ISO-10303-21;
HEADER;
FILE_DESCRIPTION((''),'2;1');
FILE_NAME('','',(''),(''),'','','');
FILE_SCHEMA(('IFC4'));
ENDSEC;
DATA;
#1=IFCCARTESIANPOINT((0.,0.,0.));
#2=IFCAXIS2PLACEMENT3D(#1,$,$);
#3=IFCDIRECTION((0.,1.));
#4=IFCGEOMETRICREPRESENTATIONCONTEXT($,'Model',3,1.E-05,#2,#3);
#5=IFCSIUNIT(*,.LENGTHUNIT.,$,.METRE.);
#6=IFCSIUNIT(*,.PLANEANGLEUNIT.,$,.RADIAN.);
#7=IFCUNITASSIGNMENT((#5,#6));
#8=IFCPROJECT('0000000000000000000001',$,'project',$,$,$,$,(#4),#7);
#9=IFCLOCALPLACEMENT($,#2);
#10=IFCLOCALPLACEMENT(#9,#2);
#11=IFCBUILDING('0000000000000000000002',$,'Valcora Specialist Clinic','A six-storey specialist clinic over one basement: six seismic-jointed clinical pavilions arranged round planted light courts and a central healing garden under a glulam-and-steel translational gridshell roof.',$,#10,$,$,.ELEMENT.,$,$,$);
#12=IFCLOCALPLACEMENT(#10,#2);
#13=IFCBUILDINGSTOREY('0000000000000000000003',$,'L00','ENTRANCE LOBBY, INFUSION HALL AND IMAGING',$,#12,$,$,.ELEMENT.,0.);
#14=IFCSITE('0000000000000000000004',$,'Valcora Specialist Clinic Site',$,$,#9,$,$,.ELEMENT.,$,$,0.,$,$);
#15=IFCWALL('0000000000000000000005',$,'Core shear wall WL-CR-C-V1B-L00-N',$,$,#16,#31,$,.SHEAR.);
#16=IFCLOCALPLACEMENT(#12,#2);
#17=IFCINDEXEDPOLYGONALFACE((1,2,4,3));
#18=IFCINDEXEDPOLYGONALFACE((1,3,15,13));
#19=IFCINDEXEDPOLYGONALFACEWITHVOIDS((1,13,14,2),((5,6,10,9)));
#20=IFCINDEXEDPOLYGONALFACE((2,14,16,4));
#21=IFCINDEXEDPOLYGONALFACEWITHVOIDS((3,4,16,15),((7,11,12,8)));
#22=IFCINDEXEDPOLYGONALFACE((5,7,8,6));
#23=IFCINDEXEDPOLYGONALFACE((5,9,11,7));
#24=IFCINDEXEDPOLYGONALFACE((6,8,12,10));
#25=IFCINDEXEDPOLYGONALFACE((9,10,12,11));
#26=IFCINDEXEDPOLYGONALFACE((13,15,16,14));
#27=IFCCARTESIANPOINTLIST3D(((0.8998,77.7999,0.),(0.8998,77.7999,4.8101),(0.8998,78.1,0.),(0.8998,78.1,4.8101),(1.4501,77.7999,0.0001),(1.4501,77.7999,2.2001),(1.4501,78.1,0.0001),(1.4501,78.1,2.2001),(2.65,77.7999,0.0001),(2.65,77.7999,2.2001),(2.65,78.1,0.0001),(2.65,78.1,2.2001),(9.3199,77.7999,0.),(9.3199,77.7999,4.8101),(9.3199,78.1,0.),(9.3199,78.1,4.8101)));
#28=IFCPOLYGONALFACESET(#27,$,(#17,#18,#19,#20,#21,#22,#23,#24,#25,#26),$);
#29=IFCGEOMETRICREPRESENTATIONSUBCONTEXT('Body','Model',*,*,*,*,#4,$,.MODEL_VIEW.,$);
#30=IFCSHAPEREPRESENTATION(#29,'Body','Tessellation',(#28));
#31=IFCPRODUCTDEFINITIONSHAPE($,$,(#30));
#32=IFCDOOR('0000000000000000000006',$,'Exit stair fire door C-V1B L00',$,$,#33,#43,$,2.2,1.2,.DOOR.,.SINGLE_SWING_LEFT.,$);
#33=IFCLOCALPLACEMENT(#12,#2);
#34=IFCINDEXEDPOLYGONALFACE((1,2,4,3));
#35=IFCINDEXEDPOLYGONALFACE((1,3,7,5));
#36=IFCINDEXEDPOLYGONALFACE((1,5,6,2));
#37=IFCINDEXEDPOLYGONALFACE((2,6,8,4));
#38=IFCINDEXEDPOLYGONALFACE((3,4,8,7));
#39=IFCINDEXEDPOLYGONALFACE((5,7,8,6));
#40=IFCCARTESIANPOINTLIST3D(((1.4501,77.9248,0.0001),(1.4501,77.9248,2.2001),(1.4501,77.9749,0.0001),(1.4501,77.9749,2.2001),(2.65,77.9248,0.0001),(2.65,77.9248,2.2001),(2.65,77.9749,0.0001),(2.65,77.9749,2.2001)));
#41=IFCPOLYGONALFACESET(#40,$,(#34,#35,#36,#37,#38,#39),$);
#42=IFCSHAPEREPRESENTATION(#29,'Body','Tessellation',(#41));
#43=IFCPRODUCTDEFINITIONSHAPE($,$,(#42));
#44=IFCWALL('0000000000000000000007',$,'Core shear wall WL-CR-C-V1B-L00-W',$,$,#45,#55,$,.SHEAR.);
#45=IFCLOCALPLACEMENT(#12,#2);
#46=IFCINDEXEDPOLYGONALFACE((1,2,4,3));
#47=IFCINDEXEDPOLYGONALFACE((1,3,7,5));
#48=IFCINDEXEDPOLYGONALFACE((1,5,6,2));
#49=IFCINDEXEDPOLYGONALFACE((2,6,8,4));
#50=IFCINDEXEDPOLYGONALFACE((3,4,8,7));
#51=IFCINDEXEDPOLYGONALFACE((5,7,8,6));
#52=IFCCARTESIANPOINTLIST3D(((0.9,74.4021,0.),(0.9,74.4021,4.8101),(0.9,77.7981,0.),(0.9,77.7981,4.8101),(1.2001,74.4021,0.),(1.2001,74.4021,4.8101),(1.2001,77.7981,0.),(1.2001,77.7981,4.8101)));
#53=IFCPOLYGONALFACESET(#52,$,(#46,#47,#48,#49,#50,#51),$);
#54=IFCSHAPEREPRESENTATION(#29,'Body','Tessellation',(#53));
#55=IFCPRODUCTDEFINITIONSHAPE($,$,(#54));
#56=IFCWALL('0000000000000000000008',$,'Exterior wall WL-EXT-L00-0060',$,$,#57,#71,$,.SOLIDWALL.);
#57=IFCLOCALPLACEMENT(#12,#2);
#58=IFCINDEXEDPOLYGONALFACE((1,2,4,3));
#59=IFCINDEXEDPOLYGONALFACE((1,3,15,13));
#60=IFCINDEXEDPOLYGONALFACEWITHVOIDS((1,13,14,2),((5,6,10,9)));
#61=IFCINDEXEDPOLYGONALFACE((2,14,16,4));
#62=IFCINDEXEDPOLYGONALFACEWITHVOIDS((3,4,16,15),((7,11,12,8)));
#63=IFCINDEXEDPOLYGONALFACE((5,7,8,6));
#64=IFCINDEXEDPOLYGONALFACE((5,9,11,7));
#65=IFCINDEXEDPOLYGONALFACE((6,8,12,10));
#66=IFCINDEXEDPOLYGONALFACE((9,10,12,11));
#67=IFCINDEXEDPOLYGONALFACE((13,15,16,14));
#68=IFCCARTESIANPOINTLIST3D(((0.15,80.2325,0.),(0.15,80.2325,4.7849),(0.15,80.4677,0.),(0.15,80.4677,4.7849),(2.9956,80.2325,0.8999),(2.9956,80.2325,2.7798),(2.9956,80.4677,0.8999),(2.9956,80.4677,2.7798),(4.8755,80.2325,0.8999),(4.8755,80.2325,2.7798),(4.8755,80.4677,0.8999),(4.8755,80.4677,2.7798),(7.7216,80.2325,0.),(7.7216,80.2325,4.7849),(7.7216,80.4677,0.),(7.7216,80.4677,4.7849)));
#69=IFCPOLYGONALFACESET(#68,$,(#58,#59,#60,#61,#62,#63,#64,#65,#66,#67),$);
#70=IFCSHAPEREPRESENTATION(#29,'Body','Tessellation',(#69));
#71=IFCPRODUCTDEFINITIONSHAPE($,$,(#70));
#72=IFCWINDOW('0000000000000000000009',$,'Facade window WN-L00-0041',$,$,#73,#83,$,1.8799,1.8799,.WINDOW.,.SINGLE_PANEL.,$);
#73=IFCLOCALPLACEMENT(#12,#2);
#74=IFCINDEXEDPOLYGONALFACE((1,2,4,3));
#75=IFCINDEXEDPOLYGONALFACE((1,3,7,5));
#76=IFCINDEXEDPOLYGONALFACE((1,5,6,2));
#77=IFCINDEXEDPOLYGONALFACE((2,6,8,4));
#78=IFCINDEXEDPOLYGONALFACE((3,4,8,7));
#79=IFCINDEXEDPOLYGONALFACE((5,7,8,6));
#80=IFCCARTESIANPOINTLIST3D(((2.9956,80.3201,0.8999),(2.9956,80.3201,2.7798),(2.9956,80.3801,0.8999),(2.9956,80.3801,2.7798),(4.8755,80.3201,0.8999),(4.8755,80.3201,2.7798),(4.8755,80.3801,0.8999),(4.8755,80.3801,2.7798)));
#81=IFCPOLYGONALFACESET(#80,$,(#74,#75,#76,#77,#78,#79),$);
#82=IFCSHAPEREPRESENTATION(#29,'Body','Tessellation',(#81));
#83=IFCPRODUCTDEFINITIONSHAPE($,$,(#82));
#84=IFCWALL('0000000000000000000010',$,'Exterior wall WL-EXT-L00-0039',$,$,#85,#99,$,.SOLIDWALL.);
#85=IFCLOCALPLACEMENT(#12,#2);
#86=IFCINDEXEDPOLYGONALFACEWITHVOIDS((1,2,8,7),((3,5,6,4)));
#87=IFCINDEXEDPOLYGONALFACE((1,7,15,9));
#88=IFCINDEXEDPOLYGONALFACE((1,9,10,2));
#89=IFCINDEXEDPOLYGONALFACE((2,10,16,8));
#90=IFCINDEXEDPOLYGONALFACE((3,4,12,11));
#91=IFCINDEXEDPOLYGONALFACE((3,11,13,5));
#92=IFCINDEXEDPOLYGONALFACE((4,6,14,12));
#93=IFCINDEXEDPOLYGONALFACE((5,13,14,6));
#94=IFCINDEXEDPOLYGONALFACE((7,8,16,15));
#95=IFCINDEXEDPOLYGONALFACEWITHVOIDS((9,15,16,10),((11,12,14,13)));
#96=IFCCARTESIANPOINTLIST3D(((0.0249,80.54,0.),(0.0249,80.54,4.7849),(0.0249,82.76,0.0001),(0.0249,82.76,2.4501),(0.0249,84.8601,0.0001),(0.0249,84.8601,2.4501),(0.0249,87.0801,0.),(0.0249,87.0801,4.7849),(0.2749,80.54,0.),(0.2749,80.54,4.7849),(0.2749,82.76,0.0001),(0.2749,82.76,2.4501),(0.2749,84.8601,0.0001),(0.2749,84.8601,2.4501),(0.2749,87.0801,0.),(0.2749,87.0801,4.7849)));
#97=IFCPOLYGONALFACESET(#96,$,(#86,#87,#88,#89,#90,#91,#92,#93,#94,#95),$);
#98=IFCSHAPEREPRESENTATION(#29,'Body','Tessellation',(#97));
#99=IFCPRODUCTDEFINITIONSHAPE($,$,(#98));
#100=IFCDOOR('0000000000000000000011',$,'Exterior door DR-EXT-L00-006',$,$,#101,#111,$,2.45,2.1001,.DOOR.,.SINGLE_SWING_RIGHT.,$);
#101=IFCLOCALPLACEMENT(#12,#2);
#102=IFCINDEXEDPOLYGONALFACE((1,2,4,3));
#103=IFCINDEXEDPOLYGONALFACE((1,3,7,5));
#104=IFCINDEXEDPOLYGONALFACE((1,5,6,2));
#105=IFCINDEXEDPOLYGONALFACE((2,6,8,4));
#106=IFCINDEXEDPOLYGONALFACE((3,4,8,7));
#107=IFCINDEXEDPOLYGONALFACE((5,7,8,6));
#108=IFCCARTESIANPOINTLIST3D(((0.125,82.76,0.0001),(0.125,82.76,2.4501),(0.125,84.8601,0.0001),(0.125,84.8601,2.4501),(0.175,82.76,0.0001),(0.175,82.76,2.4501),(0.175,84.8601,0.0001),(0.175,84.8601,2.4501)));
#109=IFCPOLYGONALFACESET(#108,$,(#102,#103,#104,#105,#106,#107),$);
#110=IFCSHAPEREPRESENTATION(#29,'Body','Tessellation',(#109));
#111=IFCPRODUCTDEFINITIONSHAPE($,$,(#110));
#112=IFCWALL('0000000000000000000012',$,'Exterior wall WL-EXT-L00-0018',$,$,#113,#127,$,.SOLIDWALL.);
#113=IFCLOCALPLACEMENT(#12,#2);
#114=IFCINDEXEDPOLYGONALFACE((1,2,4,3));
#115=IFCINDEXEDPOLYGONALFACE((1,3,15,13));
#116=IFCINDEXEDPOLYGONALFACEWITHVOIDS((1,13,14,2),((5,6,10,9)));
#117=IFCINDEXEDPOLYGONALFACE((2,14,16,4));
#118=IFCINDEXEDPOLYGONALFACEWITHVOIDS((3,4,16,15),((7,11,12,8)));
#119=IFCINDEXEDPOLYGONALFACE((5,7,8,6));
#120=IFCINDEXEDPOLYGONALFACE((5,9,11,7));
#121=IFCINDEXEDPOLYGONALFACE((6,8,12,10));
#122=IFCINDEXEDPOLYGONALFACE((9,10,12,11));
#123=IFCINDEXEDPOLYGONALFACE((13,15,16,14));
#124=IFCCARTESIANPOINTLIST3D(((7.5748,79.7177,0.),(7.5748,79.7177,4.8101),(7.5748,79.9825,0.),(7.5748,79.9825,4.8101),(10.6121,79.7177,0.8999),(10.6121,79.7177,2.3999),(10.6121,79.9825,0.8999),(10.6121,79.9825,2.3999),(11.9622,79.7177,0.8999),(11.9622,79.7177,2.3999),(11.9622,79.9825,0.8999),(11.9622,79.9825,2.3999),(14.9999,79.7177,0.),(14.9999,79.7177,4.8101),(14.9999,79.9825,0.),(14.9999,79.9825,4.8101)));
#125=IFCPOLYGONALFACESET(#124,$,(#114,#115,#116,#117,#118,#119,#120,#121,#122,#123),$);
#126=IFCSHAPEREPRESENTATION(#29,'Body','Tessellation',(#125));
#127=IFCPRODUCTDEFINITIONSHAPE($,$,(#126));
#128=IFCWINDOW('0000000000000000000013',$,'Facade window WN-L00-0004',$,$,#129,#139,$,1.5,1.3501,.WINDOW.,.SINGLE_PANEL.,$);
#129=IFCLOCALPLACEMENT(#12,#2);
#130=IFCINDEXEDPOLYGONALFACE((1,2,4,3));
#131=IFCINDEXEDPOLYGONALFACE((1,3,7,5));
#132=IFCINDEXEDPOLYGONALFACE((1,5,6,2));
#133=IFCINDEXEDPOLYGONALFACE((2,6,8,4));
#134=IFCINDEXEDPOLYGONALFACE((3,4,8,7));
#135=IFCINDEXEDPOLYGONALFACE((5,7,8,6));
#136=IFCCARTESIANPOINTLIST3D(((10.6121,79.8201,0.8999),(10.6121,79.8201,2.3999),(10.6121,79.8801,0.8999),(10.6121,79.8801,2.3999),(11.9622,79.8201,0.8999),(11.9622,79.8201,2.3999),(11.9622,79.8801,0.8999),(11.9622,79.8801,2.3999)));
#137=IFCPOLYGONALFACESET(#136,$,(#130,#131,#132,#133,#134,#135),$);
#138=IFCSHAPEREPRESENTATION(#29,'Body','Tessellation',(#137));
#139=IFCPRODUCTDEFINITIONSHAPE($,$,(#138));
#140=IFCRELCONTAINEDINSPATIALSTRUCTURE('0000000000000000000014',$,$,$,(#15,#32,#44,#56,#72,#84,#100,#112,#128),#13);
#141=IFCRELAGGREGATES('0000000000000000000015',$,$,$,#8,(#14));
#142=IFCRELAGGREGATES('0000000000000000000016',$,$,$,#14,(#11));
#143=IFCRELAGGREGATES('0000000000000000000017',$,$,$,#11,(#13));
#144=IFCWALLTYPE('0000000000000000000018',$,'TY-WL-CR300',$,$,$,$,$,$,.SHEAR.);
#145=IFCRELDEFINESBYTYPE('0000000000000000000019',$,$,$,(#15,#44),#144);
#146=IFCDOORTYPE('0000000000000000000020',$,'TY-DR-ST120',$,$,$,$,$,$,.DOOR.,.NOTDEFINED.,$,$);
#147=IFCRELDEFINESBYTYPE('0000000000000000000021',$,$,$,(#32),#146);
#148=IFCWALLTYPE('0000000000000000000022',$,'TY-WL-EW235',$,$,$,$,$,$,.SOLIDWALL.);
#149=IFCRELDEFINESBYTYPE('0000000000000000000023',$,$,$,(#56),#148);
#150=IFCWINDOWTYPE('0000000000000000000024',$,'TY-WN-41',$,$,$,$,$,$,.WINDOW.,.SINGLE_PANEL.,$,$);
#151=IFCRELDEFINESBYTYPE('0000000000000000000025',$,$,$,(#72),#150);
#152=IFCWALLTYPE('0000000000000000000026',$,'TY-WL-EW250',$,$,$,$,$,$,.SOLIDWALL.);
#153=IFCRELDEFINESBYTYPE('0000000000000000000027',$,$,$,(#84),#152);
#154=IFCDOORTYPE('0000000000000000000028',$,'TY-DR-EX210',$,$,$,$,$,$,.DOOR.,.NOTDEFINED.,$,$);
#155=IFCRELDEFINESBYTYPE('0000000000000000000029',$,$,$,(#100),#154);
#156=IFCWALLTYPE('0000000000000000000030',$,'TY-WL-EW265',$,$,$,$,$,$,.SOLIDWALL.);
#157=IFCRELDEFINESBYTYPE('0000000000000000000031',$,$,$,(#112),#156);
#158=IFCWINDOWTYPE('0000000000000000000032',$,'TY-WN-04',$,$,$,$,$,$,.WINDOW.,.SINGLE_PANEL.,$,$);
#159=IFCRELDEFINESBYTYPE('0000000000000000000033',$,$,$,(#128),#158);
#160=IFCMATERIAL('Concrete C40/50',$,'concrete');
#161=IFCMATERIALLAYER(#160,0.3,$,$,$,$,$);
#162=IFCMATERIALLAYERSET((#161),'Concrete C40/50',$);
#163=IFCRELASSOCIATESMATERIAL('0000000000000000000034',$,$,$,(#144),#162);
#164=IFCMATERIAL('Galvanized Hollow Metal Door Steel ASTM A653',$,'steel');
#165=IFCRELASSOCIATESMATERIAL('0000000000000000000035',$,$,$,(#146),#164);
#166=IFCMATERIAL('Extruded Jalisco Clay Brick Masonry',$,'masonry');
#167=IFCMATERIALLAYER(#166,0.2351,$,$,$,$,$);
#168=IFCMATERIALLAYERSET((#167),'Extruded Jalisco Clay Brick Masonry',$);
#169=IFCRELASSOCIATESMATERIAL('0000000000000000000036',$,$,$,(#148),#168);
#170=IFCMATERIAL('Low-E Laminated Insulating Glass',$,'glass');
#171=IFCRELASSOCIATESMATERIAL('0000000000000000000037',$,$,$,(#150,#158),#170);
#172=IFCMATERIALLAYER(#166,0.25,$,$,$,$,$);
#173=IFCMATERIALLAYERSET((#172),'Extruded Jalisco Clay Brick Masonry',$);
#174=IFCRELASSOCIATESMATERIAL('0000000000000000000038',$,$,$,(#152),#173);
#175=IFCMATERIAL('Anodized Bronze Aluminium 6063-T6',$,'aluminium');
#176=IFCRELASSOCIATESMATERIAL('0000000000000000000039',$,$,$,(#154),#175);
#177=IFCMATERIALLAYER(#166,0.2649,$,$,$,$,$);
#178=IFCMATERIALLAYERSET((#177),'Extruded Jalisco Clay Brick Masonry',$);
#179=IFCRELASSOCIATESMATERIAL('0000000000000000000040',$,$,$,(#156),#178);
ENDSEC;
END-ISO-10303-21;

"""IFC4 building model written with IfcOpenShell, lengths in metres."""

from ifc_helpers import new_model, si_unit, direction, frame, frame_2d, origin, place, context, subcontext, project, spatial, rectangle, extrude, material, layer, layer_set, type_object, element, fill, save


model = new_model("IFC4")

# Units and contexts
model_context = context("Model", 3, precision=1e-05, world=origin(), true_north=direction((0.0, 1.0)))
body_context = subcontext(model_context, "Body", "Model", "MODEL_VIEW")
ifc_project = project(units=[si_unit("LENGTHUNIT", "METRE"), si_unit("PLANEANGLEUNIT", "RADIAN")], contexts=[model_context])

# Site, building, storey
site_placement = place(None, origin())
site = spatial("IfcSite", under=ifc_project, at=site_placement, Name="Valcora Specialist Clinic Site", CompositionType="ELEMENT", RefElevation=0.0)
building_placement = place(site_placement, origin())
building = spatial("IfcBuilding", under=site, at=building_placement, Name="Valcora Specialist Clinic", Description="A six-storey specialist clinic over one basement: six seismic-jointed clinical pavilions arranged round planted light courts and a central healing garden under a glulam-and-steel translational gridshell roof.", CompositionType="ELEMENT")
storey_placement = place(building_placement, origin())
storey = spatial("IfcBuildingStorey", under=building, at=storey_placement, Name="L00", Description="ENTRANCE LOBBY, INFUSION HALL AND IMAGING", CompositionType="ELEMENT", Elevation=0.0)

# Shared definitions
ifc_material_1 = material(Name="Concrete C40/50", Category="concrete")

# Shared definitions
ifc_layer_1 = layer(ifc_material_1, 0.3)
ifc_layer_set_1 = layer_set([ifc_layer_1], Name="Concrete C40/50")
wall_type_1 = type_object("IfcWallType", Name="TY-WL-CR300", PredefinedType="SHEAR", material=ifc_layer_set_1)

# Wall, opening, door
wall_1_placement = place(storey_placement, frame((0.8999, 77.95, 0.0), z_axis=(0.0, 0.0, 1.0), x_axis=(1.0, 0.0, 0.0)))
wall_1 = element("IfcWall", 1, at=wall_1_placement, inside=storey, type_object=wall_type_1, Name="Core shear wall WL-CR-C-V1B-L00-N", PredefinedType="SHEAR", context=body_context, shape_type="SweptSolid", body=[
    extrude(rectangle(XDim=8.4202, YDim=0.3, at=frame_2d((4.21, 0.0))), origin(), (0.0, 0.0, 1.0), 4.8101),
])
opening_1_placement = place(wall_1_placement, frame((0.55, 0.0, 0.0)))
opening_1 = element("IfcOpeningElement", 2, at=opening_1_placement, cuts=wall_1, PredefinedType="OPENING", context=body_context, shape_type="SweptSolid", body=[
    extrude(rectangle(XDim=1.2, YDim=2.2, at=frame_2d((0.6001, 1.1001))), frame((0.0, 0.1599, 0.0), z_axis=(0.0, -1.0, 0.0), x_axis=(1.0, 0.0, 0.0)), (0.0, 0.0, 1.0), 0.3201),
])
ifc_material_2 = material(Name="Galvanized Hollow Metal Door Steel ASTM A653", Category="steel")
door_type_1 = type_object("IfcDoorType", Name="TY-DR-ST120", OperationType="NOTDEFINED", PredefinedType="DOOR", material=ifc_material_2)
door_1_placement = place(opening_1_placement, origin())
door_1 = element("IfcDoor", 3, at=door_1_placement, inside=storey, type_object=door_type_1, Name="Exit stair fire door C-V1B L00", OperationType="SINGLE_SWING_LEFT", OverallHeight=2.2, OverallWidth=1.2, PredefinedType="DOOR", context=body_context, shape_type="SweptSolid", body=[
    extrude(rectangle(XDim=1.2, YDim=2.2, at=frame_2d((0.6001, 1.1001))), frame((0.0, 0.0249, 0.0), z_axis=(0.0, -1.0, 0.0), x_axis=(1.0, 0.0, 0.0)), (0.0, 0.0, 1.0), 0.05),
])
fill(opening_1, door_1)

# Wall
wall_2_placement = place(storey_placement, frame((1.05, 74.4021, 0.0), z_axis=(0.0, 0.0, 1.0), x_axis=(0.0, 1.0, 0.0)))
element("IfcWall", 4, at=wall_2_placement, inside=storey, type_object=wall_type_1, Name="Core shear wall WL-CR-C-V1B-L00-W", PredefinedType="SHEAR", context=body_context, shape_type="SweptSolid", body=[
    extrude(rectangle(XDim=3.396, YDim=0.3, at=frame_2d((1.698, 0.0))), origin(), (0.0, 0.0, 1.0), 4.8101),
])

# Wall, opening, window
ifc_material_3 = material(Name="Extruded Jalisco Clay Brick Masonry", Category="masonry")
ifc_layer_2 = layer(ifc_material_3, 0.2351)
ifc_layer_set_2 = layer_set([ifc_layer_2], Name="Extruded Jalisco Clay Brick Masonry")
wall_type_2 = type_object("IfcWallType", Name="TY-WL-EW235", PredefinedType="SOLIDWALL", material=ifc_layer_set_2)
wall_3_placement = place(storey_placement, frame((7.7214, 80.3501, 0.0), z_axis=(0.0, 0.0, 1.0), x_axis=(-1.0, 0.0, 0.0)))
wall_3 = element("IfcWall", 5, at=wall_3_placement, inside=storey, type_object=wall_type_2, Name="Exterior wall WL-EXT-L00-0060", PredefinedType="SOLIDWALL", context=body_context, shape_type="SweptSolid", body=[
    extrude(rectangle(XDim=7.5715, YDim=0.2351, at=frame_2d((3.7856, 0.0))), origin(), (0.0, 0.0, 1.0), 4.7849),
])
opening_2_placement = place(wall_3_placement, frame((2.8459, 0.0, 0.8999)))
opening_2 = element("IfcOpeningElement", 6, at=opening_2_placement, cuts=wall_3, PredefinedType="OPENING", context=body_context, shape_type="SweptSolid", body=[
    extrude(rectangle(XDim=1.8799, YDim=1.8799, at=frame_2d((0.9399, 0.9399))), frame((0.0, 0.1274, 0.0), z_axis=(0.0, -1.0, 0.0), x_axis=(1.0, 0.0, 0.0)), (0.0, 0.0, 1.0), 0.2551),
])
ifc_material_4 = material(Name="Low-E Laminated Insulating Glass", Category="glass")
window_type_1 = type_object("IfcWindowType", Name="TY-WN-41", PartitioningType="SINGLE_PANEL", PredefinedType="WINDOW", material=ifc_material_4)
window_1_placement = place(opening_2_placement, origin())
window_1 = element("IfcWindow", 7, at=window_1_placement, inside=storey, type_object=window_type_1, Name="Facade window WN-L00-0041", OverallHeight=1.8799, OverallWidth=1.8799, PartitioningType="SINGLE_PANEL", PredefinedType="WINDOW", context=body_context, shape_type="SweptSolid", body=[
    extrude(rectangle(XDim=1.8799, YDim=1.8799, at=frame_2d((0.9399, 0.9399))), frame((0.0, 0.03, 0.0), z_axis=(0.0, -1.0, 0.0), x_axis=(1.0, 0.0, 0.0)), (0.0, 0.0, 1.0), 0.0601),
])
fill(opening_2, window_1)

# Wall, opening, door
ifc_layer_3 = layer(ifc_material_3, 0.25)
ifc_layer_set_3 = layer_set([ifc_layer_3], Name="Extruded Jalisco Clay Brick Masonry")
wall_type_3 = type_object("IfcWallType", Name="TY-WL-EW250", PredefinedType="SOLIDWALL", material=ifc_layer_set_3)
wall_4_placement = place(storey_placement, frame((0.1499, 80.54, 0.0), z_axis=(0.0, 0.0, 1.0), x_axis=(0.0, 1.0, 0.0)))
wall_4 = element("IfcWall", 8, at=wall_4_placement, inside=storey, type_object=wall_type_3, Name="Exterior wall WL-EXT-L00-0039", PredefinedType="SOLIDWALL", context=body_context, shape_type="SweptSolid", body=[
    extrude(rectangle(XDim=6.54, YDim=0.25, at=frame_2d((3.27, 0.0))), origin(), (0.0, 0.0, 1.0), 4.7849),
])
opening_3_placement = place(wall_4_placement, frame((2.22, 0.0, 0.0)))
opening_3 = element("IfcOpeningElement", 9, at=opening_3_placement, cuts=wall_4, PredefinedType="OPENING", context=body_context, shape_type="SweptSolid", body=[
    extrude(rectangle(XDim=2.1001, YDim=2.45, at=frame_2d((1.05, 1.2251))), frame((0.0, 0.135, 0.0), z_axis=(0.0, -1.0, 0.0), x_axis=(1.0, 0.0, 0.0)), (0.0, 0.0, 1.0), 0.27),
])
ifc_material_5 = material(Name="Anodized Bronze Aluminium 6063-T6", Category="aluminium")
door_type_2 = type_object("IfcDoorType", Name="TY-DR-EX210", OperationType="NOTDEFINED", PredefinedType="DOOR", material=ifc_material_5)
door_2_placement = place(opening_3_placement, origin())
door_2 = element("IfcDoor", 10, at=door_2_placement, inside=storey, type_object=door_type_2, Name="Exterior door DR-EXT-L00-006", OperationType="SINGLE_SWING_RIGHT", OverallHeight=2.45, OverallWidth=2.1001, PredefinedType="DOOR", context=body_context, shape_type="SweptSolid", body=[
    extrude(rectangle(XDim=2.1001, YDim=2.45, at=frame_2d((1.05, 1.2251))), frame((0.0, 0.0249, 0.0), z_axis=(0.0, -1.0, 0.0), x_axis=(1.0, 0.0, 0.0)), (0.0, 0.0, 1.0), 0.05),
])
fill(opening_3, door_2)

# Wall, opening, window
ifc_layer_4 = layer(ifc_material_3, 0.2649)
ifc_layer_set_4 = layer_set([ifc_layer_4], Name="Extruded Jalisco Clay Brick Masonry")
wall_type_4 = type_object("IfcWallType", Name="TY-WL-EW265", PredefinedType="SOLIDWALL", material=ifc_layer_set_4)
wall_5_placement = place(storey_placement, frame((7.575, 79.8501, 0.0), z_axis=(0.0, 0.0, 1.0), x_axis=(1.0, 0.0, 0.0)))
wall_5 = element("IfcWall", 11, at=wall_5_placement, inside=storey, type_object=wall_type_4, Name="Exterior wall WL-EXT-L00-0018", PredefinedType="SOLIDWALL", context=body_context, shape_type="SweptSolid", body=[
    extrude(rectangle(XDim=7.425, YDim=0.2649, at=frame_2d((3.7124, 0.0))), origin(), (0.0, 0.0, 1.0), 4.8101),
])
opening_4_placement = place(wall_5_placement, frame((3.0371, 0.0, 0.8999)))
opening_4 = element("IfcOpeningElement", 12, at=opening_4_placement, cuts=wall_5, PredefinedType="OPENING", context=body_context, shape_type="SweptSolid", body=[
    extrude(rectangle(XDim=1.3501, YDim=1.5, at=frame_2d((0.675, 0.75))), frame((0.0, 0.1423, 0.0), z_axis=(0.0, -1.0, 0.0), x_axis=(1.0, 0.0, 0.0)), (0.0, 0.0, 1.0), 0.2849),
])
window_type_2 = type_object("IfcWindowType", Name="TY-WN-04", PartitioningType="SINGLE_PANEL", PredefinedType="WINDOW", material=ifc_material_4)
window_2_placement = place(opening_4_placement, origin())
window_2 = element("IfcWindow", 13, at=window_2_placement, inside=storey, type_object=window_type_2, Name="Facade window WN-L00-0004", OverallHeight=1.5, OverallWidth=1.3501, PartitioningType="SINGLE_PANEL", PredefinedType="WINDOW", context=body_context, shape_type="SweptSolid", body=[
    extrude(rectangle(XDim=1.3501, YDim=1.5, at=frame_2d((0.675, 0.75))), frame((0.0, 0.03, 0.0), z_axis=(0.0, -1.0, 0.0), x_axis=(1.0, 0.0, 0.0)), (0.0, 0.0, 1.0), 0.0601),
])
fill(opening_4, window_2)

save(model, "model.ifc")
